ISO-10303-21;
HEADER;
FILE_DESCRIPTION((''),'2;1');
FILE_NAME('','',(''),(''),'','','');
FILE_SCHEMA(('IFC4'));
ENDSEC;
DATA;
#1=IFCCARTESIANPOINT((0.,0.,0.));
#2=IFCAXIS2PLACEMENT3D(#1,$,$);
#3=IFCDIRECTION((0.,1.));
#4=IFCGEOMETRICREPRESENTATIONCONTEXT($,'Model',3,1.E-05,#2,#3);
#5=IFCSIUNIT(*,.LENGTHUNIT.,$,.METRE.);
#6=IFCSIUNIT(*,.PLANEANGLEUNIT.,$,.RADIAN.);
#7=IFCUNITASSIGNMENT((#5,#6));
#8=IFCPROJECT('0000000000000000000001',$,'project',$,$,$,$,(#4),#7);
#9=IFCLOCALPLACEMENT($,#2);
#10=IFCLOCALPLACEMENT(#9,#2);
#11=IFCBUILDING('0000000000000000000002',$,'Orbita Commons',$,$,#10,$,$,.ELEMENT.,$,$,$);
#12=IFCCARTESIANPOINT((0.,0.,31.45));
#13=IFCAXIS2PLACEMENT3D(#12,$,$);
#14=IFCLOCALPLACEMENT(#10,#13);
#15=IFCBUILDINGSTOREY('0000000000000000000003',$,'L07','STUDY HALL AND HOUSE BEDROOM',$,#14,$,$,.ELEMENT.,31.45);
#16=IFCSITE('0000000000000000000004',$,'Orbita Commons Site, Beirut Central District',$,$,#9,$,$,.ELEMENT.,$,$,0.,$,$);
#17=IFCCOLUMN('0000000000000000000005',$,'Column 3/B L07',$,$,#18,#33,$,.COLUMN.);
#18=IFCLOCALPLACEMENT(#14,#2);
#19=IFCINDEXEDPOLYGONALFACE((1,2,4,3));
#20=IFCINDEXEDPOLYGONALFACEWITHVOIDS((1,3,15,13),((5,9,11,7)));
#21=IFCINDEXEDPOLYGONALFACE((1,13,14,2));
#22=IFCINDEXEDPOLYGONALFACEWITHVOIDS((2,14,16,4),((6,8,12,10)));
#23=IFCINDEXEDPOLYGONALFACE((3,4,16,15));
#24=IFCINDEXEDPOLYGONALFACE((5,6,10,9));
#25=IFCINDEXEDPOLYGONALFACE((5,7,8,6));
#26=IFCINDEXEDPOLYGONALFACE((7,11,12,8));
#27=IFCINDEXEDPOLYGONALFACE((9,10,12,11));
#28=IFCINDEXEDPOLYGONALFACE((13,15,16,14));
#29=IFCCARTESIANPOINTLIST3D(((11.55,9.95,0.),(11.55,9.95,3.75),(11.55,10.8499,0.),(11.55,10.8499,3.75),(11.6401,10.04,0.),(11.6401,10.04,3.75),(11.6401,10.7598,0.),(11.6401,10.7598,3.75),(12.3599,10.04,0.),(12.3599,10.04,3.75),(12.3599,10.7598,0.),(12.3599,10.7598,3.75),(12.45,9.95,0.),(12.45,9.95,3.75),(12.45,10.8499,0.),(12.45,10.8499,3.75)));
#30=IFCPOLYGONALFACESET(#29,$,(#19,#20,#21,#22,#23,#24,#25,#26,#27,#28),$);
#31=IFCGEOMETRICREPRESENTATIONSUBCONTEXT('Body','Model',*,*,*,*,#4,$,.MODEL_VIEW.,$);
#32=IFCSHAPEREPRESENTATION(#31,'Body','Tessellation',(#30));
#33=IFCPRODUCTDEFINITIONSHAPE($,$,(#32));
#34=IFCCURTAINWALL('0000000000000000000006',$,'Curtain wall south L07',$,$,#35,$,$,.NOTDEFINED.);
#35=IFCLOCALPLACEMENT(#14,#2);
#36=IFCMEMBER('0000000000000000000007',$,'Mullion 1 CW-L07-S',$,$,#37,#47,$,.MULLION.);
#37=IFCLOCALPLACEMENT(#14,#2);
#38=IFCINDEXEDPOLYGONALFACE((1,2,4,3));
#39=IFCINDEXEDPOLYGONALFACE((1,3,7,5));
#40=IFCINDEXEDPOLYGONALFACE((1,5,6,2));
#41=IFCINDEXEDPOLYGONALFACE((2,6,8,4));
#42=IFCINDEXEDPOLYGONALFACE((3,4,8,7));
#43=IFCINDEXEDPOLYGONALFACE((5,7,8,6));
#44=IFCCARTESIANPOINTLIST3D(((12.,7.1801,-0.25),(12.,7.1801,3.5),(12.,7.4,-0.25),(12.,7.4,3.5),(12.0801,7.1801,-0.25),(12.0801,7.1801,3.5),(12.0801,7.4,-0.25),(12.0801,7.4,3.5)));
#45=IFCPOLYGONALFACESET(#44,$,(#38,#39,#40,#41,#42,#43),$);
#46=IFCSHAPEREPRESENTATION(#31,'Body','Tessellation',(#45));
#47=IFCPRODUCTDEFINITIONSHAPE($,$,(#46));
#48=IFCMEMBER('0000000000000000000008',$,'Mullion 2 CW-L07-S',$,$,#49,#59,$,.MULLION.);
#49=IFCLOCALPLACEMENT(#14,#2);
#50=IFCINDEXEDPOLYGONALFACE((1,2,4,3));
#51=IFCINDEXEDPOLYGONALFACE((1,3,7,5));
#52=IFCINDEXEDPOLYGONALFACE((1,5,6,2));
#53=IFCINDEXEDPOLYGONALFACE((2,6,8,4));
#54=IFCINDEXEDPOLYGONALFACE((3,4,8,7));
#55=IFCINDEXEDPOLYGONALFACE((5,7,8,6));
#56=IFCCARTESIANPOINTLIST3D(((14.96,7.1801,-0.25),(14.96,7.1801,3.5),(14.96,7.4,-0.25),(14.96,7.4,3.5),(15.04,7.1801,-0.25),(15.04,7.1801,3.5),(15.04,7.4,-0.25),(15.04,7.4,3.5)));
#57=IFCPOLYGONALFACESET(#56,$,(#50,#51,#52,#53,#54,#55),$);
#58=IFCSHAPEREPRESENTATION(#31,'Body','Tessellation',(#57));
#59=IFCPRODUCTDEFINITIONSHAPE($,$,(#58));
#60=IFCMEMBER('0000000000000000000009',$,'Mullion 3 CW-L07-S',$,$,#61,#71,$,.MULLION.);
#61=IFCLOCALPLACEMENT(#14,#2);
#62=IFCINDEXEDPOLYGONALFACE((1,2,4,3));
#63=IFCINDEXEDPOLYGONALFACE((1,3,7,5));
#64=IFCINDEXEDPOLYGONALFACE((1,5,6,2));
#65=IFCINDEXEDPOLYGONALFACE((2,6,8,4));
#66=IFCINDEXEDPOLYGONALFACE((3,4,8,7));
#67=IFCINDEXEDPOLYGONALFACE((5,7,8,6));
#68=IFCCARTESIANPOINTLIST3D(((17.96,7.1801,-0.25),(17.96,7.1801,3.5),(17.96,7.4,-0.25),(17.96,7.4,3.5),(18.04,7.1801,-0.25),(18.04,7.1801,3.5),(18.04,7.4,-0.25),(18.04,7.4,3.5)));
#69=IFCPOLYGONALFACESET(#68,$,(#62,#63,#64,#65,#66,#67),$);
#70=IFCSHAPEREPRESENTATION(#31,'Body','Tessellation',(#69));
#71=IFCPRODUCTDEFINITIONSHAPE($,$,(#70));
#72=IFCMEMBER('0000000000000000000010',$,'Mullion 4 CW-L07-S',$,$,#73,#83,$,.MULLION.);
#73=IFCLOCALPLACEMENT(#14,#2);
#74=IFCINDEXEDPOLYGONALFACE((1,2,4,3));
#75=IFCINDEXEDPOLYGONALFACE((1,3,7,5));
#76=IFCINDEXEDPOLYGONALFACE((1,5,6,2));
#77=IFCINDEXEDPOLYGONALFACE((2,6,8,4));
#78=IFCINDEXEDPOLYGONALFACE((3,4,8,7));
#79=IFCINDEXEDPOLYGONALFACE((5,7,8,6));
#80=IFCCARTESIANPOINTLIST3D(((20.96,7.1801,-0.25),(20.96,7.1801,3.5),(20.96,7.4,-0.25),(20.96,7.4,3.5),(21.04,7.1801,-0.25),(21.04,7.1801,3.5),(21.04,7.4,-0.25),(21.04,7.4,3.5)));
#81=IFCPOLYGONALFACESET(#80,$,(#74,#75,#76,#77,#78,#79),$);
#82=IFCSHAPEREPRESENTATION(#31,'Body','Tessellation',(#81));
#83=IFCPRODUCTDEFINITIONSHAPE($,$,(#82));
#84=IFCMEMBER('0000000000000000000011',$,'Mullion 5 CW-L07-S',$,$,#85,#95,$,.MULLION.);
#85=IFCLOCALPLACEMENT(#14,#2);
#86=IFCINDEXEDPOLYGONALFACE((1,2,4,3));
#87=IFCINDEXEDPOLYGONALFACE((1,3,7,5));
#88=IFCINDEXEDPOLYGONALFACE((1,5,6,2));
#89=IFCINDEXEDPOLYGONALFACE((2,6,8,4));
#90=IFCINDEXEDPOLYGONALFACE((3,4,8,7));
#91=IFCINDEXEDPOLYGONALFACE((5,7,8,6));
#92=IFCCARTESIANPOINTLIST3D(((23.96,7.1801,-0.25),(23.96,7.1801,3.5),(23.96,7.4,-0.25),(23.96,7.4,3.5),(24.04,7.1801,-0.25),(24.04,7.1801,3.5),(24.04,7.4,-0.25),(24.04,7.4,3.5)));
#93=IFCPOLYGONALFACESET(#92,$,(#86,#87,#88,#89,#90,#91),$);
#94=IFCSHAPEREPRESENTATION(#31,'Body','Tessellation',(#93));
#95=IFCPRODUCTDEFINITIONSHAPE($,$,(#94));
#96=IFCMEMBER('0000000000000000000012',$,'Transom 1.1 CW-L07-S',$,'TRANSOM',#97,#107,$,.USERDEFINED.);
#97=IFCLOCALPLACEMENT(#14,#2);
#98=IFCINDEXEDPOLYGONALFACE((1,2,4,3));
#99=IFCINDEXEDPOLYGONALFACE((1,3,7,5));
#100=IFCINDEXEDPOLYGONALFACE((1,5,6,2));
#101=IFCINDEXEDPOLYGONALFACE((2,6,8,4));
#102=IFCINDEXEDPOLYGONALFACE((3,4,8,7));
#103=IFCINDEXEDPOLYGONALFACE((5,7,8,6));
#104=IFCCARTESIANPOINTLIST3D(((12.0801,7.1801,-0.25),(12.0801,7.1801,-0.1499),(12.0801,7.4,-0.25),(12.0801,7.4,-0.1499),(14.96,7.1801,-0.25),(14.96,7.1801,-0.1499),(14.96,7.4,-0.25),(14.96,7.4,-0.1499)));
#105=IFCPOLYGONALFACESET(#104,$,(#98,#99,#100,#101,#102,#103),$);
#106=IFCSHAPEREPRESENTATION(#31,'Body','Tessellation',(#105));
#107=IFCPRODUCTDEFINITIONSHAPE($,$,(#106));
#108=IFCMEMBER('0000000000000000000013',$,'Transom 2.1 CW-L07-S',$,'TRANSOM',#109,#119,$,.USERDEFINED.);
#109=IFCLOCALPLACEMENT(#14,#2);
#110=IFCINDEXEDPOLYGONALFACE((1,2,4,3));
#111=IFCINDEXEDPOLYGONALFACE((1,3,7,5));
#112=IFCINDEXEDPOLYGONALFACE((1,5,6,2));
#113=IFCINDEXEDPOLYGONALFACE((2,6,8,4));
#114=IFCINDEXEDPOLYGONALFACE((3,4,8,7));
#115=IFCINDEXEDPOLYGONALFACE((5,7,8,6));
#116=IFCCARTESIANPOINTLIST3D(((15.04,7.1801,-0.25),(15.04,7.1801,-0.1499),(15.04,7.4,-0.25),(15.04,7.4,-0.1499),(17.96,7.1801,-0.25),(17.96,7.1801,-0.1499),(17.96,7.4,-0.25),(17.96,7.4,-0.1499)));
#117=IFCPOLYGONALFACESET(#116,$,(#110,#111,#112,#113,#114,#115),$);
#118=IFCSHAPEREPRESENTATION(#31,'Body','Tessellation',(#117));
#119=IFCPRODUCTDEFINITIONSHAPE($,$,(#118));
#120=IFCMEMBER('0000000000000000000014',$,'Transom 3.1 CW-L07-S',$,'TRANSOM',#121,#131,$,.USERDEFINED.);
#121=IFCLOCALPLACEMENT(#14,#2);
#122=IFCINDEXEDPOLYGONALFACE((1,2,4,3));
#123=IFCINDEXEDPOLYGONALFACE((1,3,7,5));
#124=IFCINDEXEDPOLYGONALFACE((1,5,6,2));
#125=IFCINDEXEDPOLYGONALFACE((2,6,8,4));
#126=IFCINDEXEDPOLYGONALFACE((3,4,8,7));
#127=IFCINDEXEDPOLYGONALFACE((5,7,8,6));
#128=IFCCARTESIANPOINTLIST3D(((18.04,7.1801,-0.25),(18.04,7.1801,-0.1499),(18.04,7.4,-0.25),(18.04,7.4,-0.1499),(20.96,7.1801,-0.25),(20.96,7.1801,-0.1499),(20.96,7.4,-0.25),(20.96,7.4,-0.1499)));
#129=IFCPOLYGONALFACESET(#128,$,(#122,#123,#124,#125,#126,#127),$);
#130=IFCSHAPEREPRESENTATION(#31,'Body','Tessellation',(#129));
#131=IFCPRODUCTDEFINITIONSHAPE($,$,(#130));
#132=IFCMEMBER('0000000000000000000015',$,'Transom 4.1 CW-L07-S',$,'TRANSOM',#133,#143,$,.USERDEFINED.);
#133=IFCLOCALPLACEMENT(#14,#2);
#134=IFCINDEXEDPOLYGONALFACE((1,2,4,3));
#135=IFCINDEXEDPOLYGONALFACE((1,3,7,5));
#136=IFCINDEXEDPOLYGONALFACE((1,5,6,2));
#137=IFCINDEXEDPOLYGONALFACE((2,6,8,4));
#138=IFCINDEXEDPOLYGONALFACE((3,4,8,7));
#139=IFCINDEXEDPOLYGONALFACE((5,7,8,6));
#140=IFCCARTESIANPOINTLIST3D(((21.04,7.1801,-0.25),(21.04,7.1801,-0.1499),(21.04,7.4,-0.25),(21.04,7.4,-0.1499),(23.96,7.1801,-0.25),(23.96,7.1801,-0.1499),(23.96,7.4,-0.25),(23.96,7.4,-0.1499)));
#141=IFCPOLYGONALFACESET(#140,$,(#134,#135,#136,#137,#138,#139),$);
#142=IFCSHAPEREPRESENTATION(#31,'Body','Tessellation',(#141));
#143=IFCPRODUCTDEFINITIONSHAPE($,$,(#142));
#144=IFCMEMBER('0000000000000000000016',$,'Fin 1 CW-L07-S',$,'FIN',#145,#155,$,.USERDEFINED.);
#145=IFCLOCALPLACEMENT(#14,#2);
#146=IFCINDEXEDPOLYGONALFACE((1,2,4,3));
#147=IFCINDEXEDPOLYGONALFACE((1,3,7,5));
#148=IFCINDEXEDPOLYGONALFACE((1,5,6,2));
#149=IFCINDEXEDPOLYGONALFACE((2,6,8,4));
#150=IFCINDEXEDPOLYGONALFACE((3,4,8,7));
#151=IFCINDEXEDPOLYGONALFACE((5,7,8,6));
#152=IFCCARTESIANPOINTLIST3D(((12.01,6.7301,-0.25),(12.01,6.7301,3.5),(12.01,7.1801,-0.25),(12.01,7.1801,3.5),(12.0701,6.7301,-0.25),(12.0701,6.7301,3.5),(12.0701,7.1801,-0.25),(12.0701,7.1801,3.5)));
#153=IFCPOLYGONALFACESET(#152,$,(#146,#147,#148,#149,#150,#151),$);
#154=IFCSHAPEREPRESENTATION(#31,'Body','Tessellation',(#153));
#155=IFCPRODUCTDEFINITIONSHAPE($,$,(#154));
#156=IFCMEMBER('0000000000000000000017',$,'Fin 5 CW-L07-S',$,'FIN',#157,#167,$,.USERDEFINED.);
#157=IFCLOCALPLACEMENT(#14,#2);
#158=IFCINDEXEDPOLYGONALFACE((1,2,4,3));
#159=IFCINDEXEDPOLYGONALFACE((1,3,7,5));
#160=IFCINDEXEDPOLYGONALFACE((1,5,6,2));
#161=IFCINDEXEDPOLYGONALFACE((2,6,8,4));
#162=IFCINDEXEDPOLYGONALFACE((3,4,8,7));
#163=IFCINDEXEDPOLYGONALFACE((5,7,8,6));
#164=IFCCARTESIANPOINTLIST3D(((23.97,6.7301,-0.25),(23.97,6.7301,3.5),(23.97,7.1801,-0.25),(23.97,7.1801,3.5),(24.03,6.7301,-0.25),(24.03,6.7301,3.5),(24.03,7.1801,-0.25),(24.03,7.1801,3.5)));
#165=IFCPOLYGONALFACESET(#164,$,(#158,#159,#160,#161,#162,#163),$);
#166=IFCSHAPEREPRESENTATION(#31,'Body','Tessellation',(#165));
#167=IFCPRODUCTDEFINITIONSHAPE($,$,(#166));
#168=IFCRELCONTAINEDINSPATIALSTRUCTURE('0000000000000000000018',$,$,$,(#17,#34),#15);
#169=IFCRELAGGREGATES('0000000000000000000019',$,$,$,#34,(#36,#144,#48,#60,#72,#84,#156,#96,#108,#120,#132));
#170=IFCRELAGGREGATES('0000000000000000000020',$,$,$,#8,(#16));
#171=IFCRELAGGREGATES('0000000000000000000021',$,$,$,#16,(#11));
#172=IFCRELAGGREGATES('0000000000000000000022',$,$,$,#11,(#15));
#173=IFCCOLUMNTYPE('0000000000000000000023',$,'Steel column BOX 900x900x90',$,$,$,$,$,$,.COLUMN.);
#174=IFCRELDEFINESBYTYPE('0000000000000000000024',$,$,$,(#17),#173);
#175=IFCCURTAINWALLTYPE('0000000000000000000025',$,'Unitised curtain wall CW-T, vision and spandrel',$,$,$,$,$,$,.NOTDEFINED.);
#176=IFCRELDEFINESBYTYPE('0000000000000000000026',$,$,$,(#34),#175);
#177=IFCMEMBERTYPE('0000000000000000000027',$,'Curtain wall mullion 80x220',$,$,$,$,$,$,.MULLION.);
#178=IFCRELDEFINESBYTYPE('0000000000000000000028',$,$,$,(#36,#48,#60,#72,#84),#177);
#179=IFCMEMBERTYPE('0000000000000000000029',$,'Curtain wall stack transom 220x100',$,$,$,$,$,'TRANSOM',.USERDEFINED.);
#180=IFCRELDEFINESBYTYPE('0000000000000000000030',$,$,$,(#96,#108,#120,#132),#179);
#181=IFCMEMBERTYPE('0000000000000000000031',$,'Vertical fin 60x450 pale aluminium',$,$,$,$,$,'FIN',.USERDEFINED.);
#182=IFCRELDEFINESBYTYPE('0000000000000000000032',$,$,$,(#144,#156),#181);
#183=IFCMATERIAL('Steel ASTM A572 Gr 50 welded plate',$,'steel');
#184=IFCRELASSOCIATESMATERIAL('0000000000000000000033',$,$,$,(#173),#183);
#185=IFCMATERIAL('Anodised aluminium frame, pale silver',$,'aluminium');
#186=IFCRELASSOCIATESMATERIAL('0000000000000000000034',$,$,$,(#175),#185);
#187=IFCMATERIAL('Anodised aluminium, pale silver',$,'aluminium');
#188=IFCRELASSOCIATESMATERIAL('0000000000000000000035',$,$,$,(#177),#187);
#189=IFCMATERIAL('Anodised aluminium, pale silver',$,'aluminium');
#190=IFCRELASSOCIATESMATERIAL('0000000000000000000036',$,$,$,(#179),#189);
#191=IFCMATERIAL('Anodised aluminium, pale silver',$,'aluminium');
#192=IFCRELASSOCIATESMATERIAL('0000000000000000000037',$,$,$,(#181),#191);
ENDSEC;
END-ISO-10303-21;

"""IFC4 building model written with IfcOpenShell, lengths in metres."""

from ifc_helpers import new_model, si_unit, direction, frame, origin, origin_2d, place, context, subcontext, project, spatial, rectangle, hollow_rectangle, extrude, material, material_profile, profile_set, type_object, element, aggregate, save


model = new_model("IFC4")

# Units and contexts
model_context = context("Model", 3, precision=1e-05, world=origin(), true_north=direction((0.0, 1.0)))
body_context = subcontext(model_context, "Body", "Model", "MODEL_VIEW")
ifc_project = project(units=[si_unit("LENGTHUNIT", "METRE"), si_unit("PLANEANGLEUNIT", "RADIAN")], contexts=[model_context])

# Site, building, storey
site_placement = place(None, origin())
site = spatial("IfcSite", under=ifc_project, at=site_placement, Name="Orbita Commons Site, Beirut Central District", CompositionType="ELEMENT", RefElevation=0.0)
building_placement = place(site_placement, origin())
building = spatial("IfcBuilding", under=site, at=building_placement, Name="Orbita Commons", CompositionType="ELEMENT")
storey_placement = place(building_placement, frame((0.0, 0.0, 31.45)))
storey = spatial("IfcBuildingStorey", under=building, at=storey_placement, Name="L07", Description="STUDY HALL AND HOUSE BEDROOM", CompositionType="ELEMENT", Elevation=31.45)

# Column
ifc_material_1 = material(Name="Steel ASTM A572 Gr 50 welded plate", Category="steel")
ifc_material_profile_1 = material_profile(ifc_material_1, hollow_rectangle(XDim=0.8999, YDim=0.8999, WallThickness=0.0901, at=origin_2d()), Name="BOX 900x900x90")
ifc_profile_set_1 = profile_set([ifc_material_profile_1], Name="Steel ASTM A572 Gr 50 welded plate")
column_type = type_object("IfcColumnType", Name="Steel column BOX 900x900x90", PredefinedType="COLUMN", material=ifc_profile_set_1)
column_placement = place(storey_placement, frame((12.0, 10.3999, 0.0), z_axis=(0.0, 0.0, 1.0), x_axis=(1.0, 0.0, 0.0)))
element("IfcColumn", 1, at=column_placement, inside=storey, type_object=column_type, Name="Column 3/B L07", PredefinedType="COLUMN", context=body_context, shape_type="SweptSolid", body=[
    extrude(hollow_rectangle(XDim=0.8999, YDim=0.8999, WallThickness=0.0901, at=origin_2d()), origin(), (0.0, 0.0, 1.0), 3.75),
])

# Curtain wall, members
ifc_material_2 = material(Name="Anodised aluminium frame, pale silver", Category="aluminium")
curtain_wall_type = type_object("IfcCurtainWallType", Name="Unitised curtain wall CW-T, vision and spandrel", PredefinedType="NOTDEFINED", material=ifc_material_2)
curtain_wall_placement = place(storey_placement, origin())
curtain_wall = element("IfcCurtainWall", 2, at=curtain_wall_placement, inside=storey, type_object=curtain_wall_type, Name="Curtain wall south L07", PredefinedType="NOTDEFINED")
ifc_material_3 = material(Name="Anodised aluminium, pale silver", Category="aluminium")
ifc_material_profile_2 = material_profile(ifc_material_3, rectangle(XDim=0.0801, YDim=0.22, at=origin_2d()), Name="AL 80x220")
ifc_profile_set_2 = profile_set([ifc_material_profile_2], Name="Anodised aluminium, pale silver")
member_type_1 = type_object("IfcMemberType", Name="Curtain wall mullion 80x220", PredefinedType="MULLION", material=ifc_profile_set_2)
member_1_placement = place(storey_placement, frame((12.04, 7.29, -0.25), z_axis=(0.0, 0.0, 1.0), x_axis=(1.0, 0.0, 0.0)))
member_1 = element("IfcMember", 3, at=member_1_placement, type_object=member_type_1, Name="Mullion 1 CW-L07-S", PredefinedType="MULLION", context=body_context, shape_type="SweptSolid", body=[
    extrude(rectangle(XDim=0.0801, YDim=0.22, at=origin_2d()), origin(), (0.0, 0.0, 1.0), 3.75),
])
member_2_placement = place(storey_placement, frame((15.0, 7.29, -0.25), z_axis=(0.0, 0.0, 1.0), x_axis=(1.0, 0.0, 0.0)))
member_2 = element("IfcMember", 4, at=member_2_placement, type_object=member_type_1, Name="Mullion 2 CW-L07-S", PredefinedType="MULLION", context=body_context, shape_type="SweptSolid", body=[
    extrude(rectangle(XDim=0.0801, YDim=0.22, at=origin_2d()), origin(), (0.0, 0.0, 1.0), 3.75),
])
member_3_placement = place(storey_placement, frame((18.0, 7.29, -0.25), z_axis=(0.0, 0.0, 1.0), x_axis=(1.0, 0.0, 0.0)))
member_3 = element("IfcMember", 5, at=member_3_placement, type_object=member_type_1, Name="Mullion 3 CW-L07-S", PredefinedType="MULLION", context=body_context, shape_type="SweptSolid", body=[
    extrude(rectangle(XDim=0.0801, YDim=0.22, at=origin_2d()), origin(), (0.0, 0.0, 1.0), 3.75),
])
member_4_placement = place(storey_placement, frame((21.0, 7.29, -0.25), z_axis=(0.0, 0.0, 1.0), x_axis=(1.0, 0.0, 0.0)))
member_4 = element("IfcMember", 6, at=member_4_placement, type_object=member_type_1, Name="Mullion 4 CW-L07-S", PredefinedType="MULLION", context=body_context, shape_type="SweptSolid", body=[
    extrude(rectangle(XDim=0.0801, YDim=0.22, at=origin_2d()), origin(), (0.0, 0.0, 1.0), 3.75),
])
member_5_placement = place(storey_placement, frame((24.0, 7.29, -0.25), z_axis=(0.0, 0.0, 1.0), x_axis=(1.0, 0.0, 0.0)))
member_5 = element("IfcMember", 7, at=member_5_placement, type_object=member_type_1, Name="Mullion 5 CW-L07-S", PredefinedType="MULLION", context=body_context, shape_type="SweptSolid", body=[
    extrude(rectangle(XDim=0.0801, YDim=0.22, at=origin_2d()), origin(), (0.0, 0.0, 1.0), 3.75),
])
ifc_material_4 = material(Name="Anodised aluminium, pale silver", Category="aluminium")
ifc_material_profile_3 = material_profile(ifc_material_4, rectangle(XDim=0.22, YDim=0.1001, at=origin_2d()), Name="AL 220x100")
ifc_profile_set_3 = profile_set([ifc_material_profile_3], Name="Anodised aluminium, pale silver")
member_type_2 = type_object("IfcMemberType", Name="Curtain wall stack transom 220x100", ElementType="TRANSOM", PredefinedType="USERDEFINED", material=ifc_profile_set_3)
member_6_placement = place(storey_placement, frame((12.0801, 7.29, -0.2), z_axis=(1.0, 0.0, 0.0), x_axis=(0.0, 1.0, 0.0)))
member_6 = element("IfcMember", 8, at=member_6_placement, type_object=member_type_2, Name="Transom 1.1 CW-L07-S", ObjectType="TRANSOM", PredefinedType="USERDEFINED", context=body_context, shape_type="SweptSolid", body=[
    extrude(rectangle(XDim=0.22, YDim=0.1001, at=origin_2d()), origin(), (0.0, 0.0, 1.0), 2.8799),
])
member_7_placement = place(storey_placement, frame((15.04, 7.29, -0.2), z_axis=(1.0, 0.0, 0.0), x_axis=(0.0, 1.0, 0.0)))
member_7 = element("IfcMember", 9, at=member_7_placement, type_object=member_type_2, Name="Transom 2.1 CW-L07-S", ObjectType="TRANSOM", PredefinedType="USERDEFINED", context=body_context, shape_type="SweptSolid", body=[
    extrude(rectangle(XDim=0.22, YDim=0.1001, at=origin_2d()), origin(), (0.0, 0.0, 1.0), 2.9199),
])
member_8_placement = place(storey_placement, frame((18.04, 7.29, -0.2), z_axis=(1.0, 0.0, 0.0), x_axis=(0.0, 1.0, 0.0)))
member_8 = element("IfcMember", 10, at=member_8_placement, type_object=member_type_2, Name="Transom 3.1 CW-L07-S", ObjectType="TRANSOM", PredefinedType="USERDEFINED", context=body_context, shape_type="SweptSolid", body=[
    extrude(rectangle(XDim=0.22, YDim=0.1001, at=origin_2d()), origin(), (0.0, 0.0, 1.0), 2.9199),
])
member_9_placement = place(storey_placement, frame((21.04, 7.29, -0.2), z_axis=(1.0, 0.0, 0.0), x_axis=(0.0, 1.0, 0.0)))
member_9 = element("IfcMember", 11, at=member_9_placement, type_object=member_type_2, Name="Transom 4.1 CW-L07-S", ObjectType="TRANSOM", PredefinedType="USERDEFINED", context=body_context, shape_type="SweptSolid", body=[
    extrude(rectangle(XDim=0.22, YDim=0.1001, at=origin_2d()), origin(), (0.0, 0.0, 1.0), 2.9199),
])
ifc_material_5 = material(Name="Anodised aluminium, pale silver", Category="aluminium")
ifc_material_profile_4 = material_profile(ifc_material_5, rectangle(XDim=0.0601, YDim=0.45, at=origin_2d()), Name="FIN 60x450")
ifc_profile_set_4 = profile_set([ifc_material_profile_4], Name="Anodised aluminium, pale silver")
member_type_3 = type_object("IfcMemberType", Name="Vertical fin 60x450 pale aluminium", ElementType="FIN", PredefinedType="USERDEFINED", material=ifc_profile_set_4)
member_10_placement = place(storey_placement, frame((12.04, 6.9551, -0.25), z_axis=(0.0, 0.0, 1.0), x_axis=(1.0, 0.0, 0.0)))
member_10 = element("IfcMember", 12, at=member_10_placement, type_object=member_type_3, Name="Fin 1 CW-L07-S", ObjectType="FIN", PredefinedType="USERDEFINED", context=body_context, shape_type="SweptSolid", body=[
    extrude(rectangle(XDim=0.0601, YDim=0.45, at=origin_2d()), origin(), (0.0, 0.0, 1.0), 3.75),
])
member_11_placement = place(storey_placement, frame((24.0, 6.9551, -0.25), z_axis=(0.0, 0.0, 1.0), x_axis=(1.0, 0.0, 0.0)))
member_11 = element("IfcMember", 13, at=member_11_placement, type_object=member_type_3, Name="Fin 5 CW-L07-S", ObjectType="FIN", PredefinedType="USERDEFINED", context=body_context, shape_type="SweptSolid", body=[
    extrude(rectangle(XDim=0.0601, YDim=0.45, at=origin_2d()), origin(), (0.0, 0.0, 1.0), 3.75),
])

aggregate(curtain_wall, [member_1, member_10, member_2, member_3, member_4, member_5, member_11, member_6, member_7, member_8, member_9])

save(model, "model.ifc")
